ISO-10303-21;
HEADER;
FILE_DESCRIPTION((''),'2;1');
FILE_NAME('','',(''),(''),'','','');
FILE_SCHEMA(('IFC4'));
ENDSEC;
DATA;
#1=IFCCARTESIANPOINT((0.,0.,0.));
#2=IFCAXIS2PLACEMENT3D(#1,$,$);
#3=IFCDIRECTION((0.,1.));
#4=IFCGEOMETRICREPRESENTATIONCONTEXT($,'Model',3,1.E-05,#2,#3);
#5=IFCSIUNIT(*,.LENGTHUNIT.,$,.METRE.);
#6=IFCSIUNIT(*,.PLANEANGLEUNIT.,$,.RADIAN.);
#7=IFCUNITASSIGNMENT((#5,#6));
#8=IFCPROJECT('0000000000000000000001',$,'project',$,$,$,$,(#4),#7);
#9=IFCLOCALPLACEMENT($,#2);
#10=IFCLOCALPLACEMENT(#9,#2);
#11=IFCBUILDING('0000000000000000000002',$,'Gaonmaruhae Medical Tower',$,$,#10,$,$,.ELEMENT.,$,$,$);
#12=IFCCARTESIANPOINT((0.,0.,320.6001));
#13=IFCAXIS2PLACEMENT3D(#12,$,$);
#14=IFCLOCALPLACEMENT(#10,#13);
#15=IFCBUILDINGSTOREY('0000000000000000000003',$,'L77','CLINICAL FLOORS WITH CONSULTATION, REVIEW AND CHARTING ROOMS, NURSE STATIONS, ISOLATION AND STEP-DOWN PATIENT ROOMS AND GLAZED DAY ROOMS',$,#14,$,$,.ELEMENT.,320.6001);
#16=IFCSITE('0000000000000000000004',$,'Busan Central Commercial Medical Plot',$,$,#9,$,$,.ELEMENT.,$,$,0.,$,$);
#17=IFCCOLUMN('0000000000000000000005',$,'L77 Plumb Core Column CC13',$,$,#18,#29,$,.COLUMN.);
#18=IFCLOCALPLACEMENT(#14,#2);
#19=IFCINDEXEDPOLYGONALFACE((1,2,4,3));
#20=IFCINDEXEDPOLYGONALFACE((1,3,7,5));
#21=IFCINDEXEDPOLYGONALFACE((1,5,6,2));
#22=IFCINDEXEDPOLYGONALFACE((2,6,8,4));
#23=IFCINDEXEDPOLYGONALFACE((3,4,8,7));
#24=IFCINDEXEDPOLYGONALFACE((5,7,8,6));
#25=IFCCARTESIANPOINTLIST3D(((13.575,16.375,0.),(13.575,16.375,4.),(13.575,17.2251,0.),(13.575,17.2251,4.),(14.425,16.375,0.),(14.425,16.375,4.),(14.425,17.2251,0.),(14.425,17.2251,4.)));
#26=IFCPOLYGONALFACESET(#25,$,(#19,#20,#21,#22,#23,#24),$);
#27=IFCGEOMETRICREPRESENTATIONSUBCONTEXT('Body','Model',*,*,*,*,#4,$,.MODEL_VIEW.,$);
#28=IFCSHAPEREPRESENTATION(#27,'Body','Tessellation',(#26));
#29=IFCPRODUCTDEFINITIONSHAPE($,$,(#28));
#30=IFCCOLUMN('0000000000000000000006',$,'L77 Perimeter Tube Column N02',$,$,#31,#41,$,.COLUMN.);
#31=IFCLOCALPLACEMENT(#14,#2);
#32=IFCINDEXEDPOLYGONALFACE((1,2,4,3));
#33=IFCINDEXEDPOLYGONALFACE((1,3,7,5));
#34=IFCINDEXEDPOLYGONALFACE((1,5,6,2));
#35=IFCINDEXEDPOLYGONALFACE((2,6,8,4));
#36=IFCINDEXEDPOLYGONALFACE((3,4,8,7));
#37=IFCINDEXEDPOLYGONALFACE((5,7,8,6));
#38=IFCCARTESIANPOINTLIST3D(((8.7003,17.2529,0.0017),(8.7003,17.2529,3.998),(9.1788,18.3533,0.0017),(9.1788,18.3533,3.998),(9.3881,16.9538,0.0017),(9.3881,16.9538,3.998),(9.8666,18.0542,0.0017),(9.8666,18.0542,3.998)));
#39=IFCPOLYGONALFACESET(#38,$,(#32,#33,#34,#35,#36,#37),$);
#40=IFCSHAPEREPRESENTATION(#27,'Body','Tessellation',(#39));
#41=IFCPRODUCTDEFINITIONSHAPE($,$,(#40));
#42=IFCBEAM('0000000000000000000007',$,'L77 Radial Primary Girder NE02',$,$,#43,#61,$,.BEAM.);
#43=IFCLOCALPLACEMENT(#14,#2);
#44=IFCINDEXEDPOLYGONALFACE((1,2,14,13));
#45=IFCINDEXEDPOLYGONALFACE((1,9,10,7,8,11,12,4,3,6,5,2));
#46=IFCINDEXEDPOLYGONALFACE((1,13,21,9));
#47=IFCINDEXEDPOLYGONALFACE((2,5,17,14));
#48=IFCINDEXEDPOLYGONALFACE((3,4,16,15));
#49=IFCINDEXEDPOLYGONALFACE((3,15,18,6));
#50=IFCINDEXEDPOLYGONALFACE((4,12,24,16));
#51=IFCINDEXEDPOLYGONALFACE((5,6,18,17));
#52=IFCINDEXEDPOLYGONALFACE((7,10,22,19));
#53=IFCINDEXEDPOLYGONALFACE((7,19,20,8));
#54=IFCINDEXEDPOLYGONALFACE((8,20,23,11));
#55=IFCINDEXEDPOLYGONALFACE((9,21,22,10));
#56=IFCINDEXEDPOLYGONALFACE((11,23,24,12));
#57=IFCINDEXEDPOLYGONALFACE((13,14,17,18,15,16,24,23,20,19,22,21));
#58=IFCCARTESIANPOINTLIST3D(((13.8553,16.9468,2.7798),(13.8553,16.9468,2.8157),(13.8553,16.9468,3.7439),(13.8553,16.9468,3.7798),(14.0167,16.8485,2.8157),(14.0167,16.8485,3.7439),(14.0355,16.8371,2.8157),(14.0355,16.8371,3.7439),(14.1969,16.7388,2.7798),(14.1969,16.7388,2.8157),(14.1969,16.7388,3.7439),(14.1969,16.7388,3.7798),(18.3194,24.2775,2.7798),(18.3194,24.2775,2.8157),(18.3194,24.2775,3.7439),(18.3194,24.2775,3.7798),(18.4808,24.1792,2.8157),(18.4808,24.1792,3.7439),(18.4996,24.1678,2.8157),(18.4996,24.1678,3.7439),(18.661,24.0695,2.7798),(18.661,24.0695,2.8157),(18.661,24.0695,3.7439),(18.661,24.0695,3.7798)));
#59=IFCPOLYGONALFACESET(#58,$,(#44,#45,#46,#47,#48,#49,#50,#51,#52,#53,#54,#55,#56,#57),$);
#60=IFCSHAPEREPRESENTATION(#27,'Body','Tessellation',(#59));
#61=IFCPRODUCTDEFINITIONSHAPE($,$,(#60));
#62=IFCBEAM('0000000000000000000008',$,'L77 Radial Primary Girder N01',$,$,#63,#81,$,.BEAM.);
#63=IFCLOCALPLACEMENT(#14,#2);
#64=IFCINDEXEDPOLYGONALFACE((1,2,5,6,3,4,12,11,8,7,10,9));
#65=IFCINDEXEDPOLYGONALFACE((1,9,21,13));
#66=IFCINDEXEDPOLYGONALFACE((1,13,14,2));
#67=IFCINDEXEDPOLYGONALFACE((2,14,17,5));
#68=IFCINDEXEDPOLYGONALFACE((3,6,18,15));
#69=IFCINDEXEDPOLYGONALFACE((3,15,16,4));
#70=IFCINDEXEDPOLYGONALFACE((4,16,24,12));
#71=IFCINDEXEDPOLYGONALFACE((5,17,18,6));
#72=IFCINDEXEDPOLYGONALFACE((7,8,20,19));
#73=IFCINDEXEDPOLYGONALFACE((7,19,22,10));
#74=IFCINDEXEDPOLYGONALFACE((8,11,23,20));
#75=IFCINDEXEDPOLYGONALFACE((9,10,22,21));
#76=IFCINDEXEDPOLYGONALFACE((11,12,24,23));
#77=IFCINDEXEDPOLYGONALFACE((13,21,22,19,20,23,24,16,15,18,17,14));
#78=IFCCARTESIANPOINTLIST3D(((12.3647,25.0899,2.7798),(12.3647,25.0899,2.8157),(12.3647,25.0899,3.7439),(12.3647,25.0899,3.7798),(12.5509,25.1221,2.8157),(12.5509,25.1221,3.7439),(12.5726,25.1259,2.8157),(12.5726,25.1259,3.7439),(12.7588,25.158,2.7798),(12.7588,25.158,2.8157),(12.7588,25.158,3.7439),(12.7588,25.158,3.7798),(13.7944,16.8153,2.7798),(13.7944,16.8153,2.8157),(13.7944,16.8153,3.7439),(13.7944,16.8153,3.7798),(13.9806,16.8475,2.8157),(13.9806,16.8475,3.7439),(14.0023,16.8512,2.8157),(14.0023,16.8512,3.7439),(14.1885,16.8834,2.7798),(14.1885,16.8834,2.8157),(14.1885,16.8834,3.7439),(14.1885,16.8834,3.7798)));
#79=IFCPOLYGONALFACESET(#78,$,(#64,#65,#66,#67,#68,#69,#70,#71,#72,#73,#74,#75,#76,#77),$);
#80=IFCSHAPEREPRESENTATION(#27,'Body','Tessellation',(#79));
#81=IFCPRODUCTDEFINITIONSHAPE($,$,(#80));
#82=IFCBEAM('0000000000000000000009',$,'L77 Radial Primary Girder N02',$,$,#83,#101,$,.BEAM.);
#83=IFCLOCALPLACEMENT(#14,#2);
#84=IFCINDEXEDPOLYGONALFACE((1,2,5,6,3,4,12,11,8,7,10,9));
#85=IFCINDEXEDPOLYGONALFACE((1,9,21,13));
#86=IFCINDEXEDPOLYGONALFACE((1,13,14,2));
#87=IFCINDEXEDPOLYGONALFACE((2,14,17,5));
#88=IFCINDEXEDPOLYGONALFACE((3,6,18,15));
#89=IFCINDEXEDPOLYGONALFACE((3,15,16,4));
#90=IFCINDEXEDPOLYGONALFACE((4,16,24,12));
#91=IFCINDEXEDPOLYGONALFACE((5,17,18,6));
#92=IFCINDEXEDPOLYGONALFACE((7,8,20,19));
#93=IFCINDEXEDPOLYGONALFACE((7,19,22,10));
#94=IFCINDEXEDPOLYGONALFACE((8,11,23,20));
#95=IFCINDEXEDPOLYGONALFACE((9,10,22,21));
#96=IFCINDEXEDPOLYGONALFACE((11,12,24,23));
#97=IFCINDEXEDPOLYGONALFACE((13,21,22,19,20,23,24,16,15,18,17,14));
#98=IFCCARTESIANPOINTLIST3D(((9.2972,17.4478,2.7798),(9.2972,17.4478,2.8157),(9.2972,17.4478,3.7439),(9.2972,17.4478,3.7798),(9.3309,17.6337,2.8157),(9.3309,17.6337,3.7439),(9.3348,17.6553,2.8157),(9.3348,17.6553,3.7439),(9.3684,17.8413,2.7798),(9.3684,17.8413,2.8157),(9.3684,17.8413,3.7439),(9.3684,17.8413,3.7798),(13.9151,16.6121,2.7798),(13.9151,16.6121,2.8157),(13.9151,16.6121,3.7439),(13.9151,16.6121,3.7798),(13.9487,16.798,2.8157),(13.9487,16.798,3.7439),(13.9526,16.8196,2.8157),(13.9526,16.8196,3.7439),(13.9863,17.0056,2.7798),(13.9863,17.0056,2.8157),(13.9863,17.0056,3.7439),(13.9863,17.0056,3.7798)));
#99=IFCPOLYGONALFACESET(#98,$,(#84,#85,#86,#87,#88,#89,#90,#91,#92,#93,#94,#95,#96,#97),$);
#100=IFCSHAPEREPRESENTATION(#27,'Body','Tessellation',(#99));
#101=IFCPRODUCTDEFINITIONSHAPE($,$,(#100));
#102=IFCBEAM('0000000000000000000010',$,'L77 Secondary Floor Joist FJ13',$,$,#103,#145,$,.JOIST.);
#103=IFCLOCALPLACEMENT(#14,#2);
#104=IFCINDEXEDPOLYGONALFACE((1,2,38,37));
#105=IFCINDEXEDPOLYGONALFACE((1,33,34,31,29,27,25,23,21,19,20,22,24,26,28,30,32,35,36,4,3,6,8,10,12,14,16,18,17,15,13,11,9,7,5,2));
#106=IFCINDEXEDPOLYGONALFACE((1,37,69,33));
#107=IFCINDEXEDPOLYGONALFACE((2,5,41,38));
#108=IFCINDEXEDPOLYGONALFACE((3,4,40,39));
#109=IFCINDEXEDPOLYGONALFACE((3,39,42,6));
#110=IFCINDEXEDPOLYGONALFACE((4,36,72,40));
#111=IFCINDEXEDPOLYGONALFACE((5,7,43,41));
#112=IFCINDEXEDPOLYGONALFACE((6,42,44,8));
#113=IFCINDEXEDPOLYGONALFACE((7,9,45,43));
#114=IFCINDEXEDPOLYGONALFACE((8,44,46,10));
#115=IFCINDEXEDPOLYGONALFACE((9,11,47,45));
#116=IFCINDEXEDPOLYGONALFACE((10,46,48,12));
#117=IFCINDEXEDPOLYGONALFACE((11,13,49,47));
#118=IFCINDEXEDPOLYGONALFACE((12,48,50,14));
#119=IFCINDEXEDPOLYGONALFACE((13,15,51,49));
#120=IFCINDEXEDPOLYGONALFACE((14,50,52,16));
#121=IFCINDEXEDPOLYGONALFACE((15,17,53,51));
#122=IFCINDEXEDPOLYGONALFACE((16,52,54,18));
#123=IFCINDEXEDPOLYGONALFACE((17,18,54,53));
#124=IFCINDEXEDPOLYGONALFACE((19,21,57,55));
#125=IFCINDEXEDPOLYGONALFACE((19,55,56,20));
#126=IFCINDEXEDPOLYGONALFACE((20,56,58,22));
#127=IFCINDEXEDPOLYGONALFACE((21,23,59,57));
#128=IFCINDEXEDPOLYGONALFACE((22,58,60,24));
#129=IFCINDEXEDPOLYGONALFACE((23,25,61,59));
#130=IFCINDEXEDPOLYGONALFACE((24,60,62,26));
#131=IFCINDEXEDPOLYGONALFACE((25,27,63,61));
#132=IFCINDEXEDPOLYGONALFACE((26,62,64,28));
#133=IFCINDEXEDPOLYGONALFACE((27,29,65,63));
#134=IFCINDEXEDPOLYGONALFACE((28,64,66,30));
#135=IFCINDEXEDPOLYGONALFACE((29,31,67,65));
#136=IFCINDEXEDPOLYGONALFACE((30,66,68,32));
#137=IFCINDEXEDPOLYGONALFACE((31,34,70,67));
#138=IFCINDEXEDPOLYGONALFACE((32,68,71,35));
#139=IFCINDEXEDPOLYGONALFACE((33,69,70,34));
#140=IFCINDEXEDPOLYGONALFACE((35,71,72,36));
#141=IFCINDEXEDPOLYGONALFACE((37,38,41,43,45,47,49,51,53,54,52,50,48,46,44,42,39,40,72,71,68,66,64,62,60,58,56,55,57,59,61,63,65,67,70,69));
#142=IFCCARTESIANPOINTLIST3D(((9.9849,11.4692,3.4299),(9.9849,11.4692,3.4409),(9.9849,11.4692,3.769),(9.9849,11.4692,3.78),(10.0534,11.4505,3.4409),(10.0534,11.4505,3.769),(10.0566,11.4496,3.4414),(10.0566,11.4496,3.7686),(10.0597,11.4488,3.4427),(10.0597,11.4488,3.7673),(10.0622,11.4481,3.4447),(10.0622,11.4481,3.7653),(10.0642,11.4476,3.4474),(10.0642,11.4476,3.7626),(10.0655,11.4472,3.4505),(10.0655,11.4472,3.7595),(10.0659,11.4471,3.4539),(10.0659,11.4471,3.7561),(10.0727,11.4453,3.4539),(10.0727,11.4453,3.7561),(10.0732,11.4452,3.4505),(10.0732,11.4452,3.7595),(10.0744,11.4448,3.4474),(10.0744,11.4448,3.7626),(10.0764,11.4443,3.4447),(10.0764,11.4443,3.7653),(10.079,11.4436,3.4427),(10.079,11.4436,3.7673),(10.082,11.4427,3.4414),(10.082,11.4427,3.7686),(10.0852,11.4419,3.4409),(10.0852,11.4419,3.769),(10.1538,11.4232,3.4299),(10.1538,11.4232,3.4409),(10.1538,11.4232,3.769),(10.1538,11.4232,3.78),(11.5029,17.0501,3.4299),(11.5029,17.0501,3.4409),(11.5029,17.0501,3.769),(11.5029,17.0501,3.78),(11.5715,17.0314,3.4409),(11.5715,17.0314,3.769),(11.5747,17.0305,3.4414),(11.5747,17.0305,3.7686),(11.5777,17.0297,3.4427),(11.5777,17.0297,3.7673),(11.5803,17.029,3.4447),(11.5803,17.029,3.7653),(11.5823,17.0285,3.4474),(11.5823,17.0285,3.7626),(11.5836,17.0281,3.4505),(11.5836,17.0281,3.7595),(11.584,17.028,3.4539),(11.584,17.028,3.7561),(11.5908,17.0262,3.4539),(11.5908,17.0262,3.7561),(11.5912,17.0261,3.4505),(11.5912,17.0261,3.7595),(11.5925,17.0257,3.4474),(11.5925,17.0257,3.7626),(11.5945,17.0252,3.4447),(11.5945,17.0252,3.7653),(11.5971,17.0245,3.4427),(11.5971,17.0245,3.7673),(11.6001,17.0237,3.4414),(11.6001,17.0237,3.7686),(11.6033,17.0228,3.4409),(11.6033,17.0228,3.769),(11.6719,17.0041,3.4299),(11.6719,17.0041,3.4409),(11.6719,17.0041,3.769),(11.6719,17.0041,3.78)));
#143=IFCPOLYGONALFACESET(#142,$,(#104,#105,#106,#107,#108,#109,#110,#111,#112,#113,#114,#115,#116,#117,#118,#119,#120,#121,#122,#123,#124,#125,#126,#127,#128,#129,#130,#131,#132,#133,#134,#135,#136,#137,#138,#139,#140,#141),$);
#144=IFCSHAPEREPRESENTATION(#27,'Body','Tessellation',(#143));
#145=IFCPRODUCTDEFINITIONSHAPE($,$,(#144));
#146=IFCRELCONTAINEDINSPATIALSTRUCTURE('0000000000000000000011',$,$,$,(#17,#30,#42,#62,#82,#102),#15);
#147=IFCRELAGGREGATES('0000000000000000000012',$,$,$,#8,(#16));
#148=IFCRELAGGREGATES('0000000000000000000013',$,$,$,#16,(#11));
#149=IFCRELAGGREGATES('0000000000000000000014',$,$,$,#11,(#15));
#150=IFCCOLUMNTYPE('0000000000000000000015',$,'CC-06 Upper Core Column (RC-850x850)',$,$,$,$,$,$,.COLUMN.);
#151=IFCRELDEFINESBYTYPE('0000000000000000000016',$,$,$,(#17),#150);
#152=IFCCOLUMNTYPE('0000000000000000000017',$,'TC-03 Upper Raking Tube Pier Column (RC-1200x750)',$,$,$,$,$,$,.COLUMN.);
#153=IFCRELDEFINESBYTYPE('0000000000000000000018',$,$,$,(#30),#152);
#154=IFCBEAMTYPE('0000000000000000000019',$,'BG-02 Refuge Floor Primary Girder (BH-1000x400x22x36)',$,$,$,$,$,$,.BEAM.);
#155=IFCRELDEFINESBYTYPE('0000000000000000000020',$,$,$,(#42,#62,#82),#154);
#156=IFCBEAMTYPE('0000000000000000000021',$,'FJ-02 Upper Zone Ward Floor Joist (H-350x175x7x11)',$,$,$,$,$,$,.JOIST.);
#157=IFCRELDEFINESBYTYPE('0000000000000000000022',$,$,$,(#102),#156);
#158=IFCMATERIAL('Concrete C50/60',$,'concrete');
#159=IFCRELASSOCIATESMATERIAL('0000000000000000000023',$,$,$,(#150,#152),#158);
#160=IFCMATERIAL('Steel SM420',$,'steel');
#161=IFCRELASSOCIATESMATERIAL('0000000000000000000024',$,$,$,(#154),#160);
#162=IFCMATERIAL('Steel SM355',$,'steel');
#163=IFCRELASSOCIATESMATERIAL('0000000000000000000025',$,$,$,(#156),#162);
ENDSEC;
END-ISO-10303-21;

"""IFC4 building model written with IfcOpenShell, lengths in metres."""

from ifc_helpers import new_model, si_unit, direction, frame, origin, origin_2d, place, context, subcontext, project, spatial, rectangle, i_section, extrude, material, material_profile, profile_set, type_object, element, save


model = new_model("IFC4")

# Units and contexts
model_context = context("Model", 3, precision=1e-05, world=origin(), true_north=direction((0.0, 1.0)))
body_context = subcontext(model_context, "Body", "Model", "MODEL_VIEW")
ifc_project = project(units=[si_unit("LENGTHUNIT", "METRE"), si_unit("PLANEANGLEUNIT", "RADIAN")], contexts=[model_context])

# Site, building, storey
site_placement = place(None, origin())
site = spatial("IfcSite", under=ifc_project, at=site_placement, Name="Busan Central Commercial Medical Plot", CompositionType="ELEMENT", RefElevation=0.0)
building_placement = place(site_placement, origin())
building = spatial("IfcBuilding", under=site, at=building_placement, Name="Gaonmaruhae Medical Tower", CompositionType="ELEMENT")
storey_placement = place(building_placement, frame((0.0, 0.0, 320.6001)))
storey = spatial("IfcBuildingStorey", under=building, at=storey_placement, Name="L77", Description="CLINICAL FLOORS WITH CONSULTATION, REVIEW AND CHARTING ROOMS, NURSE STATIONS, ISOLATION AND STEP-DOWN PATIENT ROOMS AND GLAZED DAY ROOMS", CompositionType="ELEMENT", Elevation=320.6001)

# Columns
ifc_material_1 = material(Name="Concrete C50/60", Category="concrete")
ifc_material_profile_1 = material_profile(ifc_material_1, rectangle(XDim=0.8501, YDim=0.8501, at=origin_2d()), Name="RC-850x850")
ifc_profile_set_1 = profile_set([ifc_material_profile_1], Name="Concrete C50/60")
column_type_1 = type_object("IfcColumnType", Name="CC-06 Upper Core Column (RC-850x850)", PredefinedType="COLUMN", material=ifc_profile_set_1)
column_1_placement = place(storey_placement, frame((14.0, 16.8, 0.0), z_axis=(0.0, 0.0, 1.0), x_axis=(1.0, 0.0, 0.0)))
element("IfcColumn", 1, at=column_1_placement, inside=storey, type_object=column_type_1, Name="L77 Plumb Core Column CC13", PredefinedType="COLUMN", context=body_context, shape_type="SweptSolid", body=[
    extrude(rectangle(XDim=0.8501, YDim=0.8501, at=origin_2d()), origin(), (0.0, 0.0, 1.0), 4.0),
])
ifc_material_profile_2 = material_profile(ifc_material_1, rectangle(XDim=1.2, YDim=0.75, at=origin_2d()), Name="RC-1200x750")
ifc_profile_set_2 = profile_set([ifc_material_profile_2], Name="Concrete C50/60")
column_type_2 = type_object("IfcColumnType", Name="TC-03 Upper Raking Tube Pier Column (RC-1200x750)", PredefinedType="COLUMN", material=ifc_profile_set_2)
column_2_placement = place(storey_placement, frame((9.2834, 17.6536, 0.0017), z_axis=(0.0, 0.0, 1.0), x_axis=(0.398749, 0.91706, 0.0)))
element("IfcColumn", 2, at=column_2_placement, inside=storey, type_object=column_type_2, Name="L77 Perimeter Tube Column N02", PredefinedType="COLUMN", context=body_context, shape_type="SweptSolid", body=[
    extrude(rectangle(XDim=1.2, YDim=0.75, at=origin_2d()), origin(), (0.0, 0.0, 1.0), 3.9963),
])

# Beams
ifc_material_2 = material(Name="Steel SM420", Category="steel")
ifc_material_profile_3 = material_profile(ifc_material_2, i_section(OverallWidth=0.3999, OverallDepth=1.0, WebThickness=0.022, FlangeThickness=0.0359, at=origin_2d()), Name="BH-1000x400x22x36")
ifc_profile_set_3 = profile_set([ifc_material_profile_3], Name="Steel SM420")
beam_type_1 = type_object("IfcBeamType", Name="BG-02 Refuge Floor Primary Girder (BH-1000x400x22x36)", PredefinedType="BEAM", material=ifc_profile_set_3)
beam_1_placement = place(storey_placement, frame((14.0261, 16.8428, 3.2798), z_axis=(0.520107, 0.854101, 0.0), x_axis=(-0.854101, 0.520107, 0.0)))
element("IfcBeam", 3, at=beam_1_placement, inside=storey, type_object=beam_type_1, Name="L77 Radial Primary Girder NE02", PredefinedType="BEAM", context=body_context, shape_type="SweptSolid", body=[
    extrude(i_section(OverallWidth=0.3999, OverallDepth=1.0, WebThickness=0.022, FlangeThickness=0.0359, at=origin_2d()), origin(), (0.0, 0.0, 1.0), 8.583),
])
beam_2_placement = place(storey_placement, frame((13.9915, 16.8494, 3.2798), z_axis=(-0.170256, 0.9854, 0.0), x_axis=(-0.9854, -0.170256, 0.0)))
element("IfcBeam", 4, at=beam_2_placement, inside=storey, type_object=beam_type_1, Name="L77 Radial Primary Girder N01", PredefinedType="BEAM", context=body_context, shape_type="SweptSolid", body=[
    extrude(i_section(OverallWidth=0.3999, OverallDepth=1.0, WebThickness=0.022, FlangeThickness=0.0359, at=origin_2d()), origin(), (0.0, 0.0, 1.0), 8.3972),
])
beam_3_placement = place(storey_placement, frame((13.9507, 16.8088, 3.2798), z_axis=(-0.984017, 0.178075, 0.0), x_axis=(-0.178075, -0.984017, 0.0)))
element("IfcBeam", 5, at=beam_3_placement, inside=storey, type_object=beam_type_1, Name="L77 Radial Primary Girder N02", PredefinedType="BEAM", context=body_context, shape_type="SweptSolid", body=[
    extrude(i_section(OverallWidth=0.3999, OverallDepth=1.0, WebThickness=0.022, FlangeThickness=0.0359, at=origin_2d()), origin(), (0.0, 0.0, 1.0), 4.6929),
])
ifc_material_3 = material(Name="Steel SM355", Category="steel")
ifc_material_profile_4 = material_profile(ifc_material_3, i_section(OverallWidth=0.175, OverallDepth=0.3501, WebThickness=0.0071, FlangeThickness=0.011, FilletRadius=0.0129, at=origin_2d()), Name="H-350x175x7x11")
ifc_profile_set_4 = profile_set([ifc_material_profile_4], Name="Steel SM355")
beam_type_2 = type_object("IfcBeamType", Name="FJ-02 Upper Zone Ward Floor Joist (H-350x175x7x11)", PredefinedType="JOIST", material=ifc_profile_set_4)
beam_4_placement = place(storey_placement, frame((11.5874, 17.0271, 3.605), z_axis=(-0.262478, -0.964938, 0.0), x_axis=(0.964938, -0.262478, 0.0)))
element("IfcBeam", 6, at=beam_4_placement, inside=storey, type_object=beam_type_2, Name="L77 Secondary Floor Joist FJ13", PredefinedType="JOIST", context=body_context, shape_type="SweptSolid", body=[
    extrude(i_section(OverallWidth=0.175, OverallDepth=0.3501, WebThickness=0.0071, FlangeThickness=0.011, FilletRadius=0.0129, at=origin_2d()), origin(), (0.0, 0.0, 1.0), 5.7837),
])

save(model, "model.ifc")
